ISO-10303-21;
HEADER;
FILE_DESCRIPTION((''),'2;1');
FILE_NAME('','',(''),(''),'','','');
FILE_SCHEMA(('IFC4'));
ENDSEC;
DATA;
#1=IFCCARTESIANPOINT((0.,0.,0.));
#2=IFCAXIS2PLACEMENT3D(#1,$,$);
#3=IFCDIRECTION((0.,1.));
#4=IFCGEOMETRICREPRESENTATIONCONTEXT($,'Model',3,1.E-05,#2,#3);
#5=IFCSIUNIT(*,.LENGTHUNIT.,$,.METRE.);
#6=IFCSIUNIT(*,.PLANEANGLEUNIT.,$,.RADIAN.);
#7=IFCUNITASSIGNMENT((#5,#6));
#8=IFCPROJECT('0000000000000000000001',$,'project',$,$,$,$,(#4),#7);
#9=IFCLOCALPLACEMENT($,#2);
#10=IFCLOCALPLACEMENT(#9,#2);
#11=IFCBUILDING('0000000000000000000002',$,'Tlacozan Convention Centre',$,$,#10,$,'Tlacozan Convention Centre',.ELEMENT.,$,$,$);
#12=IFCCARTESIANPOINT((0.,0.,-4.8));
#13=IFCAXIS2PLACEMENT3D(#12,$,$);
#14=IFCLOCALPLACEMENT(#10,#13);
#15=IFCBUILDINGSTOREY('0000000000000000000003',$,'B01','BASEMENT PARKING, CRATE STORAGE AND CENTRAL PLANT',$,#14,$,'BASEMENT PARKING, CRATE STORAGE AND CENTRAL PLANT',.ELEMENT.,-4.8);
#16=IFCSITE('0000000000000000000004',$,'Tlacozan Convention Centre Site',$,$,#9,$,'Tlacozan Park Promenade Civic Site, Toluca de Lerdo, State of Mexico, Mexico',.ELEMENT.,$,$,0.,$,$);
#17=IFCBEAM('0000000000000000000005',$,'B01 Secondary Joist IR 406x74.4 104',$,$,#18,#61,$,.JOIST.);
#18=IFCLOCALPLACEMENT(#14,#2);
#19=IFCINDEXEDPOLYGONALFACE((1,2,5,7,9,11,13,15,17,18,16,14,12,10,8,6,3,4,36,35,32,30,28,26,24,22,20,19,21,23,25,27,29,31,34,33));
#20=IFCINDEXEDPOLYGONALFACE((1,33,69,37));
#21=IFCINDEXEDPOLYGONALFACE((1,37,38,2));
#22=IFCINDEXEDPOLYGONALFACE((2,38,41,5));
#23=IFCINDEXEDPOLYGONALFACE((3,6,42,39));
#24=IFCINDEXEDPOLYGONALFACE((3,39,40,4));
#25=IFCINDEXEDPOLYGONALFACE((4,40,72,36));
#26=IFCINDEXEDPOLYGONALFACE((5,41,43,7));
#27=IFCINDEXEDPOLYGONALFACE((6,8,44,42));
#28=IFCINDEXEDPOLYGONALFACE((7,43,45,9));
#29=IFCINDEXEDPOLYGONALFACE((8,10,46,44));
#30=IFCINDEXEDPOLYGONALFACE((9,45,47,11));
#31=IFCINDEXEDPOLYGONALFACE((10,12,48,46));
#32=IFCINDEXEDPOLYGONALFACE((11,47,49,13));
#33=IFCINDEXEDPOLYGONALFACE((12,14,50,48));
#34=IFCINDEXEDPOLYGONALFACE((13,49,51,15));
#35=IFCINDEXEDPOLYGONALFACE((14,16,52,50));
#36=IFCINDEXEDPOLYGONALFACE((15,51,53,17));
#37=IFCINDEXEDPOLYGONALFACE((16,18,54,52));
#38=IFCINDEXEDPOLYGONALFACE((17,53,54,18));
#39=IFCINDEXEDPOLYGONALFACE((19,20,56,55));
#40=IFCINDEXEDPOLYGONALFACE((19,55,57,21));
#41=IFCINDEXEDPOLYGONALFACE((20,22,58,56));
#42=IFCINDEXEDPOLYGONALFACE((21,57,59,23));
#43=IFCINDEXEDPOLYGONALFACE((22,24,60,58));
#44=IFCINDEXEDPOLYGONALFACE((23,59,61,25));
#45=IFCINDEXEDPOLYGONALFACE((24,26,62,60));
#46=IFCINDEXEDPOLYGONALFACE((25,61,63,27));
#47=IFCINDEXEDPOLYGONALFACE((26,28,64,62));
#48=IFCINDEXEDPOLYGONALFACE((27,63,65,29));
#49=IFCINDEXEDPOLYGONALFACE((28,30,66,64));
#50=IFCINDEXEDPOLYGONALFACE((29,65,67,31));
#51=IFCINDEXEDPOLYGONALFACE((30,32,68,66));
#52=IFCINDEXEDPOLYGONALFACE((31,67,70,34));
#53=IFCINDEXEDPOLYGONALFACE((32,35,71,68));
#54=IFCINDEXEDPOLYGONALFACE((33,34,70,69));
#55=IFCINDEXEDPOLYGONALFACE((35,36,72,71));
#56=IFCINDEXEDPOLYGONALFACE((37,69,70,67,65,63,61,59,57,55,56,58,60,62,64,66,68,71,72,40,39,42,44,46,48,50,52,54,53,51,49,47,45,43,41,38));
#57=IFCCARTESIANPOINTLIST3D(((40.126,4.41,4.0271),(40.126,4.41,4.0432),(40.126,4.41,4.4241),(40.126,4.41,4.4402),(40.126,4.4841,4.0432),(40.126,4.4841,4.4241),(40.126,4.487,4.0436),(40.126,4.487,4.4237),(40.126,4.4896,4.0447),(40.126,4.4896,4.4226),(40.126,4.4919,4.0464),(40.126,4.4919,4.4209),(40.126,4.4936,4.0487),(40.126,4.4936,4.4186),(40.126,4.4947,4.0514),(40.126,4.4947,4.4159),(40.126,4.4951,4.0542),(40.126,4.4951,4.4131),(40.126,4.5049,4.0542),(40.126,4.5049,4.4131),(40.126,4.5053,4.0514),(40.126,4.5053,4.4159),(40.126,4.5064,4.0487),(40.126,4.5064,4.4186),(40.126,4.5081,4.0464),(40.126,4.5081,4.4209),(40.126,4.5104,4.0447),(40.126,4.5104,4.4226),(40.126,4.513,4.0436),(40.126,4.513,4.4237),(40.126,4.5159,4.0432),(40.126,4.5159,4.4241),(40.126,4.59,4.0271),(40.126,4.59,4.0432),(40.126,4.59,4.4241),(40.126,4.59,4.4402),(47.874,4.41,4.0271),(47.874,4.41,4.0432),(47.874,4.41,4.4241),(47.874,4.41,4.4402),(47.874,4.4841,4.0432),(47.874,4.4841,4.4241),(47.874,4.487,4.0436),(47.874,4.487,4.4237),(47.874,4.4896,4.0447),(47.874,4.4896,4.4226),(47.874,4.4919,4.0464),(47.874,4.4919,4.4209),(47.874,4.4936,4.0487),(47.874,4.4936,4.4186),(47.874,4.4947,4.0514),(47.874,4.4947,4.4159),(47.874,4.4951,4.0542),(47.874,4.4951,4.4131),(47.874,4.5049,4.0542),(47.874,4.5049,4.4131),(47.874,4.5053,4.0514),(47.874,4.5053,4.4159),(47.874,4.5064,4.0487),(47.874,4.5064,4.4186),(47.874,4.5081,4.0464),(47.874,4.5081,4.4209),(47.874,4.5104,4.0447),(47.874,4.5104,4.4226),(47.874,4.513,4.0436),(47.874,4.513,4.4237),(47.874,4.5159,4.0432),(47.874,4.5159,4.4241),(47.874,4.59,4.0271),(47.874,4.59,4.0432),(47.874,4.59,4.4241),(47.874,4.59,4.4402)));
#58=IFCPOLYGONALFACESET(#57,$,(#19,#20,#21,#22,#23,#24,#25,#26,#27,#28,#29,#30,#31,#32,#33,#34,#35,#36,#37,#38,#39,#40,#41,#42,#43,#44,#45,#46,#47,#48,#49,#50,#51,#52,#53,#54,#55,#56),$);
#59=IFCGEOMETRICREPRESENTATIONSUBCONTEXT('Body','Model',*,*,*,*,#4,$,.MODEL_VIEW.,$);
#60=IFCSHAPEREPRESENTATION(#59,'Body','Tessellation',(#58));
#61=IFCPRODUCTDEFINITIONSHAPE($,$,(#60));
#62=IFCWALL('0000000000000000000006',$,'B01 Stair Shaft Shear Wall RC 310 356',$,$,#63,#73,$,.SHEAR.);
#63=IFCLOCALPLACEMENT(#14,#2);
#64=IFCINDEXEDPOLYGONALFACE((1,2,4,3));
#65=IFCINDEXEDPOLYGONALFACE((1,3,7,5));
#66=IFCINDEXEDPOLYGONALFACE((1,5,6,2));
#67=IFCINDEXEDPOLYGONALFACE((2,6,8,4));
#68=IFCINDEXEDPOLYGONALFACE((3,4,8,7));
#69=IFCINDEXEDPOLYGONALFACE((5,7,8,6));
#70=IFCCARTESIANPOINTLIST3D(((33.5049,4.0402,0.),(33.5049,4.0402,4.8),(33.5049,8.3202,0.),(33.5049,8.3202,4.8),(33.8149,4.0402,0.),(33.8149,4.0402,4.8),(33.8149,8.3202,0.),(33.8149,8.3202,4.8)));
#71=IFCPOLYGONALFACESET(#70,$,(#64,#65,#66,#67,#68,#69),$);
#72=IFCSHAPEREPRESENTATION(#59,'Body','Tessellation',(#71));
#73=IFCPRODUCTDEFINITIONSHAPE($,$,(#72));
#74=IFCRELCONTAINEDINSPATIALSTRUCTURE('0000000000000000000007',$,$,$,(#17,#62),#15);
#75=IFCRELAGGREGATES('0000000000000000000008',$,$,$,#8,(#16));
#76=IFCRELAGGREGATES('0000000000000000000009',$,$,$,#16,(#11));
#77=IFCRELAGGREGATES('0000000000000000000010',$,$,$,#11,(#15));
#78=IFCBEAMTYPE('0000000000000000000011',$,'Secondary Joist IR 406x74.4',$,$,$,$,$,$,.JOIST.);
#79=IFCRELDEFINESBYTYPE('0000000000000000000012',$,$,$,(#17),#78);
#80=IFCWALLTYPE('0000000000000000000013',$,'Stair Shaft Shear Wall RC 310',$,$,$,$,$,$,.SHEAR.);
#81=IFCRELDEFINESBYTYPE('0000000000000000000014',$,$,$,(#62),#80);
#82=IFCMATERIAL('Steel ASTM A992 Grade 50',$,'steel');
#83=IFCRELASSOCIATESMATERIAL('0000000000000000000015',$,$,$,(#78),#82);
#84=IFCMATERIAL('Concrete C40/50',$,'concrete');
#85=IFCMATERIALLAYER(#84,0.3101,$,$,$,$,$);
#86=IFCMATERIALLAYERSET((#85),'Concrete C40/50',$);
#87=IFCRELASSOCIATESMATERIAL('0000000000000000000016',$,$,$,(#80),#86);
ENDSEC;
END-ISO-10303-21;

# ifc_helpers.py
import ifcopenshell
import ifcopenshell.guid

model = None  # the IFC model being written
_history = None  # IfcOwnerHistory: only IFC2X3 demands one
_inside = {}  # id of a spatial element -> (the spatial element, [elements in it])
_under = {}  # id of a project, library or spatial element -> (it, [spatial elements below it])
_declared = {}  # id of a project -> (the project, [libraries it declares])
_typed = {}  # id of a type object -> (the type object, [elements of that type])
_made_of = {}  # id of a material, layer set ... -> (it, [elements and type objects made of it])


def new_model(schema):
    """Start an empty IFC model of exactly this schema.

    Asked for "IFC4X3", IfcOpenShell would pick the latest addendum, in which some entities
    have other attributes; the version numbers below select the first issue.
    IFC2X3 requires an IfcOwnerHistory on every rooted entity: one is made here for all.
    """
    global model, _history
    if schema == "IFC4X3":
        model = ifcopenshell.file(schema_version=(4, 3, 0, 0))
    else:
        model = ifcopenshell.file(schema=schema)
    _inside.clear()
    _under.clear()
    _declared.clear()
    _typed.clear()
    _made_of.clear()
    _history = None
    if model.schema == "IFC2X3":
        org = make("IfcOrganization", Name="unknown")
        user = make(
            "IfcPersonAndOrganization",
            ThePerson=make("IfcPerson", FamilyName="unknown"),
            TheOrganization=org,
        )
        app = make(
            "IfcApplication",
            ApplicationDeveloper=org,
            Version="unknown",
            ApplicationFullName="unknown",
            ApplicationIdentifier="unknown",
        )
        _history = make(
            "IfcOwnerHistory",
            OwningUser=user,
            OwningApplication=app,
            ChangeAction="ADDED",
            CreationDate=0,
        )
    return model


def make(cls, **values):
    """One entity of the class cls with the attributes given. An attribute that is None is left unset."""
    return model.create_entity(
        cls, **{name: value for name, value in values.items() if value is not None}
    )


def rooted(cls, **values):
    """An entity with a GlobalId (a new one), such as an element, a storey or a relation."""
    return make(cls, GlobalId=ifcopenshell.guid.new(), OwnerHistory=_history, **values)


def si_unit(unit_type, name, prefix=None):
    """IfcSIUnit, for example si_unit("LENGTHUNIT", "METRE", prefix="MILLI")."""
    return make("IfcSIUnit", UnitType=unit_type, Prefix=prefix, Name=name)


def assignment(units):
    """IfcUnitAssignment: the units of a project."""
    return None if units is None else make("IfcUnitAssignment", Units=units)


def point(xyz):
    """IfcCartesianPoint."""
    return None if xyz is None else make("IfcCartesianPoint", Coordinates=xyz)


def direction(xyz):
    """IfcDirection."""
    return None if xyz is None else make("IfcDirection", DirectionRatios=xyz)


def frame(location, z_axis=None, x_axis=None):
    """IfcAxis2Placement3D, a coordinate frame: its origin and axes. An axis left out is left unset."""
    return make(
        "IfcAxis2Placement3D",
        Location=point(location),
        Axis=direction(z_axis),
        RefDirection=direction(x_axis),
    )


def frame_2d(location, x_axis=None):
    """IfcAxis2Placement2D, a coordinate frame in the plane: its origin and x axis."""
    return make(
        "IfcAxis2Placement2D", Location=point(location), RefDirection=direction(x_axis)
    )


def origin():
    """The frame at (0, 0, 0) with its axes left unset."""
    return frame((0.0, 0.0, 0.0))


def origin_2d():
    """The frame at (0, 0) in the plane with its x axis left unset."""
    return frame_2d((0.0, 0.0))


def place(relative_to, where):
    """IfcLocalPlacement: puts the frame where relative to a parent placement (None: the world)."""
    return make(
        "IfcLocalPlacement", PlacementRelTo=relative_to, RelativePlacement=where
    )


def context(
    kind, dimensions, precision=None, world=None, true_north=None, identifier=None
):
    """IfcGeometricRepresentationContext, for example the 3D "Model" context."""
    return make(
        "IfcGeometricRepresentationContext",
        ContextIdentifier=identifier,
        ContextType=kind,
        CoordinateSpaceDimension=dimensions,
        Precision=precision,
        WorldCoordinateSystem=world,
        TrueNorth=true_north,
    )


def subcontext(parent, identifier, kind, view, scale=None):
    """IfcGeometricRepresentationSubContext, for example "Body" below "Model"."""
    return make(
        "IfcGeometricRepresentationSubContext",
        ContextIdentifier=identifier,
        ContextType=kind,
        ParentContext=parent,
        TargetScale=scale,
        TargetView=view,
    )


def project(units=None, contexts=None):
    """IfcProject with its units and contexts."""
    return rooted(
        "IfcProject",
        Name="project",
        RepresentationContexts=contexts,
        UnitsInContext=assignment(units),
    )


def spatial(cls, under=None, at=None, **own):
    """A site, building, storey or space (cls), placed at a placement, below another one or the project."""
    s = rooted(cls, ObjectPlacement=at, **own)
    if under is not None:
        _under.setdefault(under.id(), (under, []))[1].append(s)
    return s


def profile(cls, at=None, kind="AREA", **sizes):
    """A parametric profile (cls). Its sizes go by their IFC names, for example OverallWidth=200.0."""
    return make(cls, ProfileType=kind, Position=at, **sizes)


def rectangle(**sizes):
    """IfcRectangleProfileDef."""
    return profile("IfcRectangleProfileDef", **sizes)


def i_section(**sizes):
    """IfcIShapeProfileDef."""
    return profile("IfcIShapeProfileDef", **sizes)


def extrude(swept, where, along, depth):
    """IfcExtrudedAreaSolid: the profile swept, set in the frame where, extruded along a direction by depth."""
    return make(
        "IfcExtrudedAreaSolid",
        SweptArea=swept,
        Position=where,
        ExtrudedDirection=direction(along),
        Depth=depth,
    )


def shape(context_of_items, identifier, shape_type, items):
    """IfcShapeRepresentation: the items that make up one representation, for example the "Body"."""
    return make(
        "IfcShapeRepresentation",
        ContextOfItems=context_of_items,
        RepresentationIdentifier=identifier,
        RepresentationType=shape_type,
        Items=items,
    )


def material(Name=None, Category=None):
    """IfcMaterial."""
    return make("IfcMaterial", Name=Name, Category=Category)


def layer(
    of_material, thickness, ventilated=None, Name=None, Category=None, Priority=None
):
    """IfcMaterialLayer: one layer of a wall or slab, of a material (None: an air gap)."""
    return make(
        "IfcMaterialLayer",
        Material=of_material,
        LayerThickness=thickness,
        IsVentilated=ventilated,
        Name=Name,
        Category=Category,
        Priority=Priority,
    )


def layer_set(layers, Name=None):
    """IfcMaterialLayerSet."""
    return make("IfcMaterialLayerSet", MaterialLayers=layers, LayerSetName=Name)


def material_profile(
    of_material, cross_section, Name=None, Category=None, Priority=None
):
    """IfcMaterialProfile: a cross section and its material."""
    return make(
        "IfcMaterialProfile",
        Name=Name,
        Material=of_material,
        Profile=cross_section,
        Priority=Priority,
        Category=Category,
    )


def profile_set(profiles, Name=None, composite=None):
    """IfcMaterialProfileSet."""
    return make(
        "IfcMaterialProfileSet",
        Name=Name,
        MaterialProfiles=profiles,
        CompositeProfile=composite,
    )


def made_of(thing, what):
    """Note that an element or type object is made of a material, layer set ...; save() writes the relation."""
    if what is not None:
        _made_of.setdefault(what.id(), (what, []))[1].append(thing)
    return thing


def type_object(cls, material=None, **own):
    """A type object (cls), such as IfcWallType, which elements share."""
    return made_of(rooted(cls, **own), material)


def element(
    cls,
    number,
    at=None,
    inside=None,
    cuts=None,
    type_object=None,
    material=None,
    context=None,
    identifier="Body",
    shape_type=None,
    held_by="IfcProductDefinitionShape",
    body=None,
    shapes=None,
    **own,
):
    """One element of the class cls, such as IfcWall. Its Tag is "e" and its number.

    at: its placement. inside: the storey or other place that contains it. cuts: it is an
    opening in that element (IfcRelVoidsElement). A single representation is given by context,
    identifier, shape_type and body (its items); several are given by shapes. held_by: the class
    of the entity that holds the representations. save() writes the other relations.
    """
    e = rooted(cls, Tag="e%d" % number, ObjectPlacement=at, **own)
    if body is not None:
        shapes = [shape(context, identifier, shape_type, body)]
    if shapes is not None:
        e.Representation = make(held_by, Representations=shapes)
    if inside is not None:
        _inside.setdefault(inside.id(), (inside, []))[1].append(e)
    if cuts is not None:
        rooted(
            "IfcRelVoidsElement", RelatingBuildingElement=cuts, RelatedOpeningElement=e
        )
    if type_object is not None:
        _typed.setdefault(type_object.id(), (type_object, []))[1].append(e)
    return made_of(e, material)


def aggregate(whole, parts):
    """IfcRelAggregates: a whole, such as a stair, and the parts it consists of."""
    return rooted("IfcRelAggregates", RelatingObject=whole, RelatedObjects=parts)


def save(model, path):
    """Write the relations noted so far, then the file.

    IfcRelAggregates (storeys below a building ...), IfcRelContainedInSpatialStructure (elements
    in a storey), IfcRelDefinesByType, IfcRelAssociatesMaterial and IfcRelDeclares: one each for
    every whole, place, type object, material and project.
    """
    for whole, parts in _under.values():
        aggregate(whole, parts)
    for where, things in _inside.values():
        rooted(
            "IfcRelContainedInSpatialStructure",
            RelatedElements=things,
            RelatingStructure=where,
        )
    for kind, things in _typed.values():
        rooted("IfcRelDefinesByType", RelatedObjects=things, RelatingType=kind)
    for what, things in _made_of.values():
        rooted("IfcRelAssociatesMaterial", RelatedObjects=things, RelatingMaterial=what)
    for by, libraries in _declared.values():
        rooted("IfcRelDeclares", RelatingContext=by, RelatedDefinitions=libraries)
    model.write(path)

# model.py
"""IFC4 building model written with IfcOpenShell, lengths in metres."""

from ifc_helpers import new_model, si_unit, direction, frame, frame_2d, origin, origin_2d, place, context, subcontext, project, spatial, rectangle, i_section, extrude, material, layer, layer_set, material_profile, profile_set, type_object, element, save


model = new_model("IFC4")

# Units and contexts
model_context = context("Model", 3, precision=1e-05, world=origin(), true_north=direction((0.0, 1.0)))
body_context = subcontext(model_context, "Body", "Model", "MODEL_VIEW")
ifc_project = project(units=[si_unit("LENGTHUNIT", "METRE"), si_unit("PLANEANGLEUNIT", "RADIAN")], contexts=[model_context])

# Site, building, storey
site_placement = place(None, origin())
site = spatial("IfcSite", under=ifc_project, at=site_placement, Name="Tlacozan Convention Centre Site", LongName="Tlacozan Park Promenade Civic Site, Toluca de Lerdo, State of Mexico, Mexico", CompositionType="ELEMENT", RefElevation=0.0)
building_placement = place(site_placement, origin())
building = spatial("IfcBuilding", under=site, at=building_placement, Name="Tlacozan Convention Centre", LongName="Tlacozan Convention Centre", CompositionType="ELEMENT")
storey_placement = place(building_placement, frame((0.0, 0.0, -4.8)))
storey = spatial("IfcBuildingStorey", under=building, at=storey_placement, Name="B01", Description="BASEMENT PARKING, CRATE STORAGE AND CENTRAL PLANT", LongName="BASEMENT PARKING, CRATE STORAGE AND CENTRAL PLANT", CompositionType="ELEMENT", Elevation=-4.8)

# Shared definitions
ifc_material_1 = material(Name="Concrete C40/50", Category="concrete")

# Beam
ifc_material_2 = material(Name="Steel ASTM A992 Grade 50", Category="steel")
ifc_material_profile_1 = material_profile(ifc_material_2, i_section(OverallWidth=0.1799, OverallDepth=0.4131, WebThickness=0.0098, FlangeThickness=0.0161, FilletRadius=0.011, at=origin_2d()), Name="IR 406x74.4")
ifc_profile_set_1 = profile_set([ifc_material_profile_1], Name="Steel ASTM A992 Grade 50")
beam_type_1 = type_object("IfcBeamType", Name="Secondary Joist IR 406x74.4", PredefinedType="JOIST", material=ifc_profile_set_1)
beam_1_placement = place(storey_placement, frame((40.126, 4.5, 4.2336), z_axis=(1.0, 0.0, 0.0), x_axis=(0.0, 1.0, 0.0)))
element("IfcBeam", 1, at=beam_1_placement, inside=storey, type_object=beam_type_1, Name="B01 Secondary Joist IR 406x74.4 104", PredefinedType="JOIST", context=body_context, shape_type="SweptSolid", body=[
    extrude(i_section(OverallWidth=0.1799, OverallDepth=0.4131, WebThickness=0.0098, FlangeThickness=0.0161, FilletRadius=0.011, at=origin_2d()), origin(), (0.0, 0.0, 1.0), 7.748),
])

# Wall
ifc_layer_1 = layer(ifc_material_1, 0.3101)
ifc_layer_set_1 = layer_set([ifc_layer_1], Name="Concrete C40/50")
wall_type = type_object("IfcWallType", Name="Stair Shaft Shear Wall RC 310", PredefinedType="SHEAR", material=ifc_layer_set_1)
wall_placement = place(storey_placement, frame((33.6599, 4.04, 0.0), z_axis=(0.0, 0.0, 1.0), x_axis=(0.0, 1.0, 0.0)))
element("IfcWall", 2, at=wall_placement, inside=storey, type_object=wall_type, Name="B01 Stair Shaft Shear Wall RC 310 356", PredefinedType="SHEAR", context=body_context, shape_type="SweptSolid", body=[
    extrude(rectangle(XDim=4.28, YDim=0.3101, at=frame_2d((2.1401, 0.0))), origin(), (0.0, 0.0, 1.0), 4.8),
])

save(model, "model.ifc")
